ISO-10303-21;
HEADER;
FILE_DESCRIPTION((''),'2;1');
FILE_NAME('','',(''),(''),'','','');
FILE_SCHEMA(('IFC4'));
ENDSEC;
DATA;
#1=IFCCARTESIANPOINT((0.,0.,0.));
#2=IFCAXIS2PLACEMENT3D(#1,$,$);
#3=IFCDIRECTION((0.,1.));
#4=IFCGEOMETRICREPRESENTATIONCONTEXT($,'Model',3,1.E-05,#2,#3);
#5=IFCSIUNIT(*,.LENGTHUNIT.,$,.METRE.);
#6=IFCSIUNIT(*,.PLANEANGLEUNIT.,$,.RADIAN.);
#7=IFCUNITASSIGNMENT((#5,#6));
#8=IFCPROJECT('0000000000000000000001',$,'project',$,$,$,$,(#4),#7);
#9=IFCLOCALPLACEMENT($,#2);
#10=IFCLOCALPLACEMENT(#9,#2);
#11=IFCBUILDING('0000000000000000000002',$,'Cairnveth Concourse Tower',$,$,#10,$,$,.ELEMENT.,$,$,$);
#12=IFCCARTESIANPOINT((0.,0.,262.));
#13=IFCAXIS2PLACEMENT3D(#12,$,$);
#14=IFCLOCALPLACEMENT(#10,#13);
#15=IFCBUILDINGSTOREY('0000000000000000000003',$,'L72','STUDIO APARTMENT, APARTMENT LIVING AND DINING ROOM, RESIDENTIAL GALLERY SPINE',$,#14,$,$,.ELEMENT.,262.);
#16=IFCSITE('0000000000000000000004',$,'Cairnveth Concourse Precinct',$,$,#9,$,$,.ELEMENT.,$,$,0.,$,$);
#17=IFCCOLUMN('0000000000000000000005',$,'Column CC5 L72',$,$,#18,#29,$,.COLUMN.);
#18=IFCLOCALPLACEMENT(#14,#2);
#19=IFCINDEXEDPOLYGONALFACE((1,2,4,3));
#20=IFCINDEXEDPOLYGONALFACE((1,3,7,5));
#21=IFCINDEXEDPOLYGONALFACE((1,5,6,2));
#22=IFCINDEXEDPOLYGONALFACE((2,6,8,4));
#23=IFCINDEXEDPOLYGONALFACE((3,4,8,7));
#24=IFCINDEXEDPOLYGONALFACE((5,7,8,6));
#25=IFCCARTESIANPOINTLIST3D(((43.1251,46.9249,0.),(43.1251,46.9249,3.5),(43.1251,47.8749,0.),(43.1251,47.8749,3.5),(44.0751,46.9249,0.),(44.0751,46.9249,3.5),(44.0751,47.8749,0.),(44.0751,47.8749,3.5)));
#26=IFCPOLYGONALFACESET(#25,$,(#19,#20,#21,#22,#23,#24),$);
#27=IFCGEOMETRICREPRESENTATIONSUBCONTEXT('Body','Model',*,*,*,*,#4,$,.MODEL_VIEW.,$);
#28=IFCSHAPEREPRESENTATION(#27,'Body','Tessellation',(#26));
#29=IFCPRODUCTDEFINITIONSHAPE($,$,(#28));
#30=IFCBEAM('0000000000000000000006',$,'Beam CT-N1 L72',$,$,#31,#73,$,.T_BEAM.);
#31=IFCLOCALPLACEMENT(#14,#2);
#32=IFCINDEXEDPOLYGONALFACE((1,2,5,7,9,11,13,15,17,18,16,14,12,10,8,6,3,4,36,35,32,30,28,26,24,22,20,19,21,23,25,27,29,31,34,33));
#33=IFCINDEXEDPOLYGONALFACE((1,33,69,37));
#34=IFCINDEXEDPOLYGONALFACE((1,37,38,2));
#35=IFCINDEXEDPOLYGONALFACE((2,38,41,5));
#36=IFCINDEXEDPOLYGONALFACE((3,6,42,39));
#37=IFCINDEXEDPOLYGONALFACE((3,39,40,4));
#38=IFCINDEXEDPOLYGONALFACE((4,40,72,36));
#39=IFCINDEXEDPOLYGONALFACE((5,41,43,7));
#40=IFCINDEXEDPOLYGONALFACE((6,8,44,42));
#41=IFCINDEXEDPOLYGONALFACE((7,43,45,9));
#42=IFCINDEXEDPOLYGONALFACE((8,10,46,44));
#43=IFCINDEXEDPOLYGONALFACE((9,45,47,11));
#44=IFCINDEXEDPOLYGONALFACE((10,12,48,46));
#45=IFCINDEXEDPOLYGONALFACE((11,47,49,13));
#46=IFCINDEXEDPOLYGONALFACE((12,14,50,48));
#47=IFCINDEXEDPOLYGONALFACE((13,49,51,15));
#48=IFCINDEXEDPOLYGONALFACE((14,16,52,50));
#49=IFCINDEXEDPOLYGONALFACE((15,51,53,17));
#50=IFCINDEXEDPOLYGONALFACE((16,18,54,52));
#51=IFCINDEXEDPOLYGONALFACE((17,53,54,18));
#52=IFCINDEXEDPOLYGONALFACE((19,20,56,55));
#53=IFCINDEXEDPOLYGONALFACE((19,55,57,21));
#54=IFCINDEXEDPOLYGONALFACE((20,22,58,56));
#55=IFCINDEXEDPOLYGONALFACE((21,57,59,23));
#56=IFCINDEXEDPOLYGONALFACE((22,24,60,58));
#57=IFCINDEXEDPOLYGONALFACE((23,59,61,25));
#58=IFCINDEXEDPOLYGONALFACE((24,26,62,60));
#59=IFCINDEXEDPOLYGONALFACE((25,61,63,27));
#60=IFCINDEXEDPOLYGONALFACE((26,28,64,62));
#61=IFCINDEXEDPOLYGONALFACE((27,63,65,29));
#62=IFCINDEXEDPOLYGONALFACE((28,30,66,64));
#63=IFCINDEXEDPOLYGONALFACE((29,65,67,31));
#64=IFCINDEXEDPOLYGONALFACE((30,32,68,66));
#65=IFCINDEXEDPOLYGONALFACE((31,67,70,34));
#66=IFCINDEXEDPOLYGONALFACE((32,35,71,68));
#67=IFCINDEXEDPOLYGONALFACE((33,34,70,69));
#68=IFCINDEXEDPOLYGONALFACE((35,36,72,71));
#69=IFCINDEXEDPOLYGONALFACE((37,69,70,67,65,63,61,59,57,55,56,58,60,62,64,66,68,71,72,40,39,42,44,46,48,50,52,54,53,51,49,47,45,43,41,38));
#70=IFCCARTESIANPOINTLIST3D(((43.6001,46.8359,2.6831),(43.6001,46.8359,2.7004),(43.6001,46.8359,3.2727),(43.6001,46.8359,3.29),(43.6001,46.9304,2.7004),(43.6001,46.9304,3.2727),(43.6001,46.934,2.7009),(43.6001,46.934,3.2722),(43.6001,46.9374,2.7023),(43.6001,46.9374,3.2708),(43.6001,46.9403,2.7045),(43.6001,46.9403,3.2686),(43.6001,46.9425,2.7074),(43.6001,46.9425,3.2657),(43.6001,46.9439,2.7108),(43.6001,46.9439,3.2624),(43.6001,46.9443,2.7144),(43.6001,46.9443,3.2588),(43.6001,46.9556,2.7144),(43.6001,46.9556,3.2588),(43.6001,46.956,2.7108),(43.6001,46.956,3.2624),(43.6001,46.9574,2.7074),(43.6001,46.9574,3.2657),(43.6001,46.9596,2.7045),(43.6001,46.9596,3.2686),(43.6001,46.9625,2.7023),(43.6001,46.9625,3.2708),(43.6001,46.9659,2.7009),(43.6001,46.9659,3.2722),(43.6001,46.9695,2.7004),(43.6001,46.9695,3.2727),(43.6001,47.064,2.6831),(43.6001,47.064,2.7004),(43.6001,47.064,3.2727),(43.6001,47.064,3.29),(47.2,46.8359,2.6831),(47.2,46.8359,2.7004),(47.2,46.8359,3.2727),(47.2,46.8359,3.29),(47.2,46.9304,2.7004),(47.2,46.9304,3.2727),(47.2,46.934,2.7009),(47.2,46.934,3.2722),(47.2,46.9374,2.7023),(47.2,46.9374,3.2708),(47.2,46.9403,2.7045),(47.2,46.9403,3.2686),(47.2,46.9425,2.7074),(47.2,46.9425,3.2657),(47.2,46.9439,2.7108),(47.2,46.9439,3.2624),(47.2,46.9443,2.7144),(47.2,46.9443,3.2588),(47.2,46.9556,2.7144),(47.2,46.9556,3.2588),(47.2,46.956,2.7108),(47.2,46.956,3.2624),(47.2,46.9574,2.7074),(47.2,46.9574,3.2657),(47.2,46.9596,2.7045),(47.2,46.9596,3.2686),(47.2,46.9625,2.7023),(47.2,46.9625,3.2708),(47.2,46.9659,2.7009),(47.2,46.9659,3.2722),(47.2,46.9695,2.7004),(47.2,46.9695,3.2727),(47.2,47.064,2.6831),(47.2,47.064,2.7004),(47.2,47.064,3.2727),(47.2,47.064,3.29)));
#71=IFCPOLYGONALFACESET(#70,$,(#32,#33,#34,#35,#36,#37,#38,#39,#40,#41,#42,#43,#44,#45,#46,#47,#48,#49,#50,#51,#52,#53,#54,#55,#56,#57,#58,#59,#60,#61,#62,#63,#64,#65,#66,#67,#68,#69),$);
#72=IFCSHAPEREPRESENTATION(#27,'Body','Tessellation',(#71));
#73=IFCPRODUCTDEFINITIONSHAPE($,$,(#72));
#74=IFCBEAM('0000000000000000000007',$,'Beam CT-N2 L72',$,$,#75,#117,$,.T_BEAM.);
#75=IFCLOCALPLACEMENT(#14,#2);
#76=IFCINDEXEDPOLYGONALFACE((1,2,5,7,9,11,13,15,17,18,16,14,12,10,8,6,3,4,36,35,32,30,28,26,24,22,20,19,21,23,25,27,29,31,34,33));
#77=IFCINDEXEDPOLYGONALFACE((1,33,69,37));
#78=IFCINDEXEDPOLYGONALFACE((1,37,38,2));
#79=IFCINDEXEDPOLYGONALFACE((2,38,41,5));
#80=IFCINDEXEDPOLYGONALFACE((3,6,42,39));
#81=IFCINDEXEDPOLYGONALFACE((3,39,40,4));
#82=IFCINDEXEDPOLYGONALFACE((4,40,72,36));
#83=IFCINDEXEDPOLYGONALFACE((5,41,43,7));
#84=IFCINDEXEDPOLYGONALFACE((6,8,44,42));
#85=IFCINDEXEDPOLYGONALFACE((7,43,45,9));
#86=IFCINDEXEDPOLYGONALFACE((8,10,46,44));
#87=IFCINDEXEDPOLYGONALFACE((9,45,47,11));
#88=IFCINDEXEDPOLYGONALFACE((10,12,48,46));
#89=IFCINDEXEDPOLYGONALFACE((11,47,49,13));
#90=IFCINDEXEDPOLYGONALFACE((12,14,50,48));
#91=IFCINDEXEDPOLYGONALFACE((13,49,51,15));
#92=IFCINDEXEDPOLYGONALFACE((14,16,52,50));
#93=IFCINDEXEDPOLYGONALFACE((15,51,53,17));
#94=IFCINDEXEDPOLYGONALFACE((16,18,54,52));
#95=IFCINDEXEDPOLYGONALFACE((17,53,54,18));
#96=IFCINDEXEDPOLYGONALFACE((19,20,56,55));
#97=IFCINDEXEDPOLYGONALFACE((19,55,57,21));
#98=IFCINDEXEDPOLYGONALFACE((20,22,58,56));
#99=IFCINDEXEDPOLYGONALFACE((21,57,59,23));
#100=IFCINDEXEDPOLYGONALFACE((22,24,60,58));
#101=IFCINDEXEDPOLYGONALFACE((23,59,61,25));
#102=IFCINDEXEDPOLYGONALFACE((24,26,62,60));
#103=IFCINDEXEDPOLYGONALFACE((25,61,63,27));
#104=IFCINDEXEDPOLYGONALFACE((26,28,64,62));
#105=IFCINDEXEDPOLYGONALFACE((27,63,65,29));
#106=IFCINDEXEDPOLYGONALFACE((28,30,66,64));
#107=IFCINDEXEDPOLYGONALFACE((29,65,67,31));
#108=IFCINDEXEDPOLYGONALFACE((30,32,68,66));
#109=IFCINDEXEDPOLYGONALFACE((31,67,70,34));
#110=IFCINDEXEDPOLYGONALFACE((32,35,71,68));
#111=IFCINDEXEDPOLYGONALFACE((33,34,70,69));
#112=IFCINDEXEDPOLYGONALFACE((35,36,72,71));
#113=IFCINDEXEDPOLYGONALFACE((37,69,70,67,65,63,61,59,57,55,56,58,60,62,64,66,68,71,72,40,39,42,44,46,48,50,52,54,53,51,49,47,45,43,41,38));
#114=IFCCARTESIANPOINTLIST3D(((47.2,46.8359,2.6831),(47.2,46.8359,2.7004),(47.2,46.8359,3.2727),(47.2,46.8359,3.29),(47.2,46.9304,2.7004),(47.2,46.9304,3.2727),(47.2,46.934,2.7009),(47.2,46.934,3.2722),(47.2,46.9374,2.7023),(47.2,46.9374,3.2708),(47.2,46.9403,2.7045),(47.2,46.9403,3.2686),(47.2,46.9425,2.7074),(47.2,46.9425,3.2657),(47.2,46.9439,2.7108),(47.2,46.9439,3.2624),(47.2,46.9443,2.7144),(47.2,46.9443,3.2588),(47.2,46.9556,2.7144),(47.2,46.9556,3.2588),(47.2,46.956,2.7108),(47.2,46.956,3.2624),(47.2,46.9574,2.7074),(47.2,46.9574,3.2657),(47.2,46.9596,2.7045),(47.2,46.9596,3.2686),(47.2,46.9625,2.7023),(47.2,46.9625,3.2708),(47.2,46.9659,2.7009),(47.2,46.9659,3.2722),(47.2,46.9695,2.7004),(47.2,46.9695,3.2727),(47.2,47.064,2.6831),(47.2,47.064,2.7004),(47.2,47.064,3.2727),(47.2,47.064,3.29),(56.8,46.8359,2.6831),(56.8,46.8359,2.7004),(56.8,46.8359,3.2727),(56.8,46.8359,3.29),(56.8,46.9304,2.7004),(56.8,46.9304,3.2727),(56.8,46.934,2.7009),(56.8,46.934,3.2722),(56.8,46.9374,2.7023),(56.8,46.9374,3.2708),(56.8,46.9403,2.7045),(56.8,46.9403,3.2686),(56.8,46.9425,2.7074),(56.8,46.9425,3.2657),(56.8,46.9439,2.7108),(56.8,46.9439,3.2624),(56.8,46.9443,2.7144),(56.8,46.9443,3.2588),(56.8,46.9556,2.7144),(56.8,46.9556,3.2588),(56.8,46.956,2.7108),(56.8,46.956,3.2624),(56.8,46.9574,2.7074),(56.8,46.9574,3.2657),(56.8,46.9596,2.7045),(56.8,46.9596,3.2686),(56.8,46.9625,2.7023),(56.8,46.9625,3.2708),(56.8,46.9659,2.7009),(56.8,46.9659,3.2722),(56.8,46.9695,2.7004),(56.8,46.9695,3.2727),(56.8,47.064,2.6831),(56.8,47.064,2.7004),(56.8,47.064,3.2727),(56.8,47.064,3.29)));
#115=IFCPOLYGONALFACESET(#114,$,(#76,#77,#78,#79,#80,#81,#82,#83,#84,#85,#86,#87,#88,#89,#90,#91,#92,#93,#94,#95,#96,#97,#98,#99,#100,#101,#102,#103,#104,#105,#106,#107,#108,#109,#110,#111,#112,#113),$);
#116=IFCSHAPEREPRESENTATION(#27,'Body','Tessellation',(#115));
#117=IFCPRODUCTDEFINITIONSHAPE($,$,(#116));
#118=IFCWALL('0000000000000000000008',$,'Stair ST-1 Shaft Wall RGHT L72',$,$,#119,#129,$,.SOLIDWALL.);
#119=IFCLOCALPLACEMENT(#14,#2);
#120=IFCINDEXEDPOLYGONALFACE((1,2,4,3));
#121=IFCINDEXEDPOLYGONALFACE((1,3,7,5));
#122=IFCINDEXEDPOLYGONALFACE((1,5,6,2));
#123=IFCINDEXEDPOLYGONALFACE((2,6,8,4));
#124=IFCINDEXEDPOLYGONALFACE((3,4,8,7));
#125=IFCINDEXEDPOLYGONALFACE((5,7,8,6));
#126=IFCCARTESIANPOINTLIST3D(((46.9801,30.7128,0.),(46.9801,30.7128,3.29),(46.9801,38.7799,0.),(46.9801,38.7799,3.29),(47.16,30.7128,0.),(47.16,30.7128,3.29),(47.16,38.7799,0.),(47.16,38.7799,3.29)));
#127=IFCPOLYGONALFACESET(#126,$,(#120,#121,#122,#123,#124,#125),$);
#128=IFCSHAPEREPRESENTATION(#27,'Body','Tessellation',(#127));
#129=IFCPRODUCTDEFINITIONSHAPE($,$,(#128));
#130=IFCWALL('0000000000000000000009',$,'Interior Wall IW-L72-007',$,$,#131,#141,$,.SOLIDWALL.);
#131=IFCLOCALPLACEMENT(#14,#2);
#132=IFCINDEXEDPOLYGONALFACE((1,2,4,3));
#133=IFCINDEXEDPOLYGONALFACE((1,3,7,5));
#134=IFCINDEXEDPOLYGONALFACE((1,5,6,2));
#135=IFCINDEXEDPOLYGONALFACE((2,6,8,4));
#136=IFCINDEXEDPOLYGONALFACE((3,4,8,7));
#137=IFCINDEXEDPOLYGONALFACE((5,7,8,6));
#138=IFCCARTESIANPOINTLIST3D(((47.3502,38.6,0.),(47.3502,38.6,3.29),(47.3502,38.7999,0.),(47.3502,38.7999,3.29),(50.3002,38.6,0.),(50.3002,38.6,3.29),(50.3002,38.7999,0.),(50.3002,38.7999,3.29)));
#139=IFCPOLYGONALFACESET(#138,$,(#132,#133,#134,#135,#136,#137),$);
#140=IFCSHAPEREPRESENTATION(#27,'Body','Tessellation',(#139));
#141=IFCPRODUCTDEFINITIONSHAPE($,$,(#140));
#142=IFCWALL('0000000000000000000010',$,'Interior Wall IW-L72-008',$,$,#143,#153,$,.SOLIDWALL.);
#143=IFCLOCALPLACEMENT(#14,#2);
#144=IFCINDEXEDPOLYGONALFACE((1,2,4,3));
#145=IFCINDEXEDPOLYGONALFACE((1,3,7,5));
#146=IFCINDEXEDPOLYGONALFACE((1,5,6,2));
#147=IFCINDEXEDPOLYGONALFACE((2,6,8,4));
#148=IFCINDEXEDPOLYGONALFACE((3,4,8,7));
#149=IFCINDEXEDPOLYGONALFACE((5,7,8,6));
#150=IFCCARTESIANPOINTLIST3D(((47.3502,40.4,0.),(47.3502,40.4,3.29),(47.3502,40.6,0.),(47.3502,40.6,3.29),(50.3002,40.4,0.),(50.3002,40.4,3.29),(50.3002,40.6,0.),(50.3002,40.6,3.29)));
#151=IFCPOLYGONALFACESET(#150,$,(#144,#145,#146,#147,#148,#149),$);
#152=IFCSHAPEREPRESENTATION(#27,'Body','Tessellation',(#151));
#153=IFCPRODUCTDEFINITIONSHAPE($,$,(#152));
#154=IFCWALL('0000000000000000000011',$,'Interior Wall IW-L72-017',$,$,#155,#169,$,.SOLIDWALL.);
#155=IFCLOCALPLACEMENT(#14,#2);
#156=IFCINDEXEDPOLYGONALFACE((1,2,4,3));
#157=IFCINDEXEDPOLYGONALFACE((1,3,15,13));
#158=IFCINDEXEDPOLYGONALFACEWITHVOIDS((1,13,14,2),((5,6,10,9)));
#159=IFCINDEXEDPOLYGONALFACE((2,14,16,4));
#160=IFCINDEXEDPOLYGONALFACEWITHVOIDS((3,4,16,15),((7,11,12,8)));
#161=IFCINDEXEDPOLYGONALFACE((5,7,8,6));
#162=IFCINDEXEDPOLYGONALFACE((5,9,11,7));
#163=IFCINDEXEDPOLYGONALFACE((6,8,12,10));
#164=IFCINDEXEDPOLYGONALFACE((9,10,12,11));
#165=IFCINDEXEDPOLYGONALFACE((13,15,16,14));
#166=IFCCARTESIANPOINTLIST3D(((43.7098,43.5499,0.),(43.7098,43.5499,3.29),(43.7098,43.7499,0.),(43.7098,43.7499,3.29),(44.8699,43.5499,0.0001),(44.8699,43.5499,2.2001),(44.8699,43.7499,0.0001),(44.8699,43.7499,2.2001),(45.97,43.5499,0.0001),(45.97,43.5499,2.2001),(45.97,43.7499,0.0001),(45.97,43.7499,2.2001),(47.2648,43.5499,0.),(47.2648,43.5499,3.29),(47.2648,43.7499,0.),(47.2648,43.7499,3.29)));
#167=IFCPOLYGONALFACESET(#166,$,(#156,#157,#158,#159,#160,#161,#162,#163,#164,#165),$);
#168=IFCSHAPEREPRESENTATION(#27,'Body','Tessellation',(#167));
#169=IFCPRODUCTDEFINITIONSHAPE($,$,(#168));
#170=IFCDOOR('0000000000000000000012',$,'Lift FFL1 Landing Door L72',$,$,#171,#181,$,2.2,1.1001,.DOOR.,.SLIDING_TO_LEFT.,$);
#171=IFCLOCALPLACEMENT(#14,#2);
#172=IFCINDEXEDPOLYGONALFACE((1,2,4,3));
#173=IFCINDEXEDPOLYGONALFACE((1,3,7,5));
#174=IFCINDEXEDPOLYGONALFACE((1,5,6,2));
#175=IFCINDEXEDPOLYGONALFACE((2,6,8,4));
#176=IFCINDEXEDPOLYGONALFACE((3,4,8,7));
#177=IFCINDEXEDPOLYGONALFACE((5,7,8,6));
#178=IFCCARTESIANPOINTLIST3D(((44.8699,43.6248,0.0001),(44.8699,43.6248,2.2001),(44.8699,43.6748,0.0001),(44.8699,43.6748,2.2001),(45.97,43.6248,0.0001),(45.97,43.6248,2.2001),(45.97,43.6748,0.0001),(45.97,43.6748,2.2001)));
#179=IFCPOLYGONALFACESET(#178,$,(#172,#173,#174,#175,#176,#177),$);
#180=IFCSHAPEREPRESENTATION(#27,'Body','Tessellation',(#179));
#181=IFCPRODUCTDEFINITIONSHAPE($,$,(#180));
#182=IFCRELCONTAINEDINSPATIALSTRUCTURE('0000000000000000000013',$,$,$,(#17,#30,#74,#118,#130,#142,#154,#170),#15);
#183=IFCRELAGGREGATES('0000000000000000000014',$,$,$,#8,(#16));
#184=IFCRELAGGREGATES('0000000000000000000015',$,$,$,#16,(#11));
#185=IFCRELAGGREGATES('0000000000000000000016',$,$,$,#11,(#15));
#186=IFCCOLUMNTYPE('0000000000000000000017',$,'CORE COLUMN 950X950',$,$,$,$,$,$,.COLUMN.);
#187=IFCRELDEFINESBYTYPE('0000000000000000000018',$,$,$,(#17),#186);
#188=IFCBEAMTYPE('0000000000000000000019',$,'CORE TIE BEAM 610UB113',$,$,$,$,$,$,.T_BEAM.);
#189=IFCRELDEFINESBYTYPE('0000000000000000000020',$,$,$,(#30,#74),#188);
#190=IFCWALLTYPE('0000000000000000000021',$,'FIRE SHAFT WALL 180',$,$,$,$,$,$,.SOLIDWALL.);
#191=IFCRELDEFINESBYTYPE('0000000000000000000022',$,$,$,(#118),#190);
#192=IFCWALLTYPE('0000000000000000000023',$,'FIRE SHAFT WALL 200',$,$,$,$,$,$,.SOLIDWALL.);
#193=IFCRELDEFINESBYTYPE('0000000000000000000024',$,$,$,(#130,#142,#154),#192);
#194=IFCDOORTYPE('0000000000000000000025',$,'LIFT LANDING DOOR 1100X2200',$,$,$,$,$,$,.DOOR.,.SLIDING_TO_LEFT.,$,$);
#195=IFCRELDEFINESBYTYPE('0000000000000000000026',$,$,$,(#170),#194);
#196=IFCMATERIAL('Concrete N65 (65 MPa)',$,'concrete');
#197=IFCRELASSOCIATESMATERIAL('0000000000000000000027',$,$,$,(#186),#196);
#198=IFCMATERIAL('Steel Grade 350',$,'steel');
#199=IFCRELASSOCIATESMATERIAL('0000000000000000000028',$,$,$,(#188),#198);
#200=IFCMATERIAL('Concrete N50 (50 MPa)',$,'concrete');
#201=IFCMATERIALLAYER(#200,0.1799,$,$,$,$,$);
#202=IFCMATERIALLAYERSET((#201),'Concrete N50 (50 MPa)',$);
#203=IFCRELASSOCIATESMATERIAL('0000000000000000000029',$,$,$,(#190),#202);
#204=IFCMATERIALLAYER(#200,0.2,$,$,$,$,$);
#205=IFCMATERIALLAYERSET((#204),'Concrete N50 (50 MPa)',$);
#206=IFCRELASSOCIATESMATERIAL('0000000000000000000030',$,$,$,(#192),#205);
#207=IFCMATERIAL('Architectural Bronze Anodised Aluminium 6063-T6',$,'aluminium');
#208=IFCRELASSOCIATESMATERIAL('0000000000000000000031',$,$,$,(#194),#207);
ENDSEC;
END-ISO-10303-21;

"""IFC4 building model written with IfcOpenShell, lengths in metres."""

from ifc_helpers import new_model, si_unit, direction, frame, frame_2d, origin, origin_2d, place, context, subcontext, project, spatial, rectangle, i_section, extrude, material, layer, layer_set, material_profile, profile_set, type_object, element, fill, save


model = new_model("IFC4")

# Units and contexts
model_context = context("Model", 3, precision=1e-05, world=origin(), true_north=direction((0.0, 1.0)))
body_context = subcontext(model_context, "Body", "Model", "MODEL_VIEW")
ifc_project = project(units=[si_unit("LENGTHUNIT", "METRE"), si_unit("PLANEANGLEUNIT", "RADIAN")], contexts=[model_context])

# Site, building, storey
site_placement = place(None, origin())
site = spatial("IfcSite", under=ifc_project, at=site_placement, Name="Cairnveth Concourse Precinct", CompositionType="ELEMENT", RefElevation=0.0)
building_placement = place(site_placement, origin())
building = spatial("IfcBuilding", under=site, at=building_placement, Name="Cairnveth Concourse Tower", CompositionType="ELEMENT")
storey_placement = place(building_placement, frame((0.0, 0.0, 262.0)))
storey = spatial("IfcBuildingStorey", under=building, at=storey_placement, Name="L72", Description="STUDIO APARTMENT, APARTMENT LIVING AND DINING ROOM, RESIDENTIAL GALLERY SPINE", CompositionType="ELEMENT", Elevation=262.0)

# Column
ifc_material_1 = material(Name="Concrete N65 (65 MPa)", Category="concrete")
ifc_material_profile_1 = material_profile(ifc_material_1, rectangle(XDim=0.95, YDim=0.95, at=origin_2d()), Name="RC-COL-950x950")
ifc_profile_set_1 = profile_set([ifc_material_profile_1], Name="Concrete N65 (65 MPa)")
column_type = type_object("IfcColumnType", Name="CORE COLUMN 950X950", PredefinedType="COLUMN", material=ifc_profile_set_1)
column_placement = place(storey_placement, frame((43.6001, 47.3999, 0.0), z_axis=(0.0, 0.0, 1.0), x_axis=(1.0, 0.0, 0.0)))
element("IfcColumn", 1, at=column_placement, inside=storey, type_object=column_type, Name="Column CC5 L72", PredefinedType="COLUMN", context=body_context, shape_type="SweptSolid", body=[
    extrude(rectangle(XDim=0.95, YDim=0.95, at=origin_2d()), origin(), (0.0, 0.0, 1.0), 3.5),
])

# Beams
ifc_material_2 = material(Name="Steel Grade 350", Category="steel")
ifc_material_profile_2 = material_profile(ifc_material_2, i_section(OverallWidth=0.228, OverallDepth=0.6069, WebThickness=0.0112, FlangeThickness=0.0173, FilletRadius=0.0139, at=origin_2d()), Name="610UB113")
ifc_profile_set_2 = profile_set([ifc_material_profile_2], Name="Steel Grade 350")
beam_type = type_object("IfcBeamType", Name="CORE TIE BEAM 610UB113", PredefinedType="T_BEAM", material=ifc_profile_set_2)
beam_1_placement = place(storey_placement, frame((43.6001, 46.95, 2.9866), z_axis=(1.0, 0.0, 0.0), x_axis=(0.0, 1.0, 0.0)))
element("IfcBeam", 2, at=beam_1_placement, inside=storey, type_object=beam_type, Name="Beam CT-N1 L72", PredefinedType="T_BEAM", context=body_context, shape_type="SweptSolid", body=[
    extrude(i_section(OverallWidth=0.228, OverallDepth=0.6069, WebThickness=0.0112, FlangeThickness=0.0173, FilletRadius=0.0139, at=origin_2d()), origin(), (0.0, 0.0, 1.0), 3.5999),
])
beam_2_placement = place(storey_placement, frame((47.2, 46.95, 2.9866), z_axis=(1.0, 0.0, 0.0), x_axis=(0.0, 1.0, 0.0)))
element("IfcBeam", 3, at=beam_2_placement, inside=storey, type_object=beam_type, Name="Beam CT-N2 L72", PredefinedType="T_BEAM", context=body_context, shape_type="SweptSolid", body=[
    extrude(i_section(OverallWidth=0.228, OverallDepth=0.6069, WebThickness=0.0112, FlangeThickness=0.0173, FilletRadius=0.0139, at=origin_2d()), origin(), (0.0, 0.0, 1.0), 9.6001),
])

# Shared definitions
ifc_material_3 = material(Name="Concrete N50 (50 MPa)", Category="concrete")
ifc_layer_1 = layer(ifc_material_3, 0.1799)
ifc_layer_set_1 = layer_set([ifc_layer_1], Name="Concrete N50 (50 MPa)")
wall_type_1 = type_object("IfcWallType", Name="FIRE SHAFT WALL 180", PredefinedType="SOLIDWALL", material=ifc_layer_set_1)

# Walls
wall_1_placement = place(storey_placement, frame((47.0701, 38.78, 0.0), z_axis=(0.0, 0.0, 1.0), x_axis=(0.0, -1.0, 0.0)))
element("IfcWall", 4, at=wall_1_placement, inside=storey, type_object=wall_type_1, Name="Stair ST-1 Shaft Wall RGHT L72", PredefinedType="SOLIDWALL", context=body_context, shape_type="SweptSolid", body=[
    extrude(rectangle(XDim=8.0671, YDim=0.1799, at=frame_2d((4.0337, 0.0))), origin(), (0.0, 0.0, 1.0), 3.29),
])
ifc_layer_2 = layer(ifc_material_3, 0.2)
ifc_layer_set_2 = layer_set([ifc_layer_2], Name="Concrete N50 (50 MPa)")
wall_type_2 = type_object("IfcWallType", Name="FIRE SHAFT WALL 200", PredefinedType="SOLIDWALL", material=ifc_layer_set_2)
for number, where, z_axis, x_axis, name in (
    (5, (47.3501, 38.7, 0.0), (0.0, 0.0, 1.0), (1.0, 0.0, 0.0), "Interior Wall IW-L72-007"),
    (6, (47.3501, 40.5, 0.0), (0.0, 0.0, 1.0), (1.0, 0.0, 0.0), "Interior Wall IW-L72-008"),
):
    element("IfcWall", number, at=place(storey_placement, frame(where, z_axis=z_axis, x_axis=x_axis)), inside=storey, type_object=wall_type_2, Name=name, PredefinedType="SOLIDWALL", context=body_context, shape_type="SweptSolid", body=[
        extrude(rectangle(XDim=2.95, YDim=0.2, at=frame_2d((1.4751, 0.0))), origin(), (0.0, 0.0, 1.0), 3.29),
    ])

# Wall, opening, door
wall_2_placement = place(storey_placement, frame((43.71, 43.6499, 0.0), z_axis=(0.0, 0.0, 1.0), x_axis=(1.0, 0.0, 0.0)))
wall_2 = element("IfcWall", 7, at=wall_2_placement, inside=storey, type_object=wall_type_2, Name="Interior Wall IW-L72-017", PredefinedType="SOLIDWALL", context=body_context, shape_type="SweptSolid", body=[
    extrude(rectangle(XDim=3.5549, YDim=0.2, at=frame_2d((1.7773, 0.0))), origin(), (0.0, 0.0, 1.0), 3.29),
])
opening_1_placement = place(wall_2_placement, frame((1.1599, 0.0, 0.0)))
opening_1 = element("IfcOpeningElement", 8, at=opening_1_placement, cuts=wall_2, PredefinedType="OPENING", context=body_context, shape_type="SweptSolid", body=[
    extrude(rectangle(XDim=1.1001, YDim=2.2, at=frame_2d((0.55, 1.1001))), frame((0.0, 0.1099, 0.0), z_axis=(0.0, -1.0, 0.0), x_axis=(1.0, 0.0, 0.0)), (0.0, 0.0, 1.0), 0.22),
])
ifc_material_4 = material(Name="Architectural Bronze Anodised Aluminium 6063-T6", Category="aluminium")
door_type_1 = type_object("IfcDoorType", Name="LIFT LANDING DOOR 1100X2200", OperationType="SLIDING_TO_LEFT", PredefinedType="DOOR", material=ifc_material_4)
door_1_placement = place(opening_1_placement, origin())
door_1 = element("IfcDoor", 9, at=door_1_placement, inside=storey, type_object=door_type_1, Name="Lift FFL1 Landing Door L72", OperationType="SLIDING_TO_LEFT", OverallHeight=2.2, OverallWidth=1.1001, PredefinedType="DOOR", context=body_context, shape_type="SweptSolid", body=[
    extrude(rectangle(XDim=1.1001, YDim=2.2, at=frame_2d((0.55, 1.1001))), frame((0.0, 0.0249, 0.0), z_axis=(0.0, -1.0, 0.0), x_axis=(1.0, 0.0, 0.0)), (0.0, 0.0, 1.0), 0.05),
])
fill(opening_1, door_1)

save(model, "model.ifc")
